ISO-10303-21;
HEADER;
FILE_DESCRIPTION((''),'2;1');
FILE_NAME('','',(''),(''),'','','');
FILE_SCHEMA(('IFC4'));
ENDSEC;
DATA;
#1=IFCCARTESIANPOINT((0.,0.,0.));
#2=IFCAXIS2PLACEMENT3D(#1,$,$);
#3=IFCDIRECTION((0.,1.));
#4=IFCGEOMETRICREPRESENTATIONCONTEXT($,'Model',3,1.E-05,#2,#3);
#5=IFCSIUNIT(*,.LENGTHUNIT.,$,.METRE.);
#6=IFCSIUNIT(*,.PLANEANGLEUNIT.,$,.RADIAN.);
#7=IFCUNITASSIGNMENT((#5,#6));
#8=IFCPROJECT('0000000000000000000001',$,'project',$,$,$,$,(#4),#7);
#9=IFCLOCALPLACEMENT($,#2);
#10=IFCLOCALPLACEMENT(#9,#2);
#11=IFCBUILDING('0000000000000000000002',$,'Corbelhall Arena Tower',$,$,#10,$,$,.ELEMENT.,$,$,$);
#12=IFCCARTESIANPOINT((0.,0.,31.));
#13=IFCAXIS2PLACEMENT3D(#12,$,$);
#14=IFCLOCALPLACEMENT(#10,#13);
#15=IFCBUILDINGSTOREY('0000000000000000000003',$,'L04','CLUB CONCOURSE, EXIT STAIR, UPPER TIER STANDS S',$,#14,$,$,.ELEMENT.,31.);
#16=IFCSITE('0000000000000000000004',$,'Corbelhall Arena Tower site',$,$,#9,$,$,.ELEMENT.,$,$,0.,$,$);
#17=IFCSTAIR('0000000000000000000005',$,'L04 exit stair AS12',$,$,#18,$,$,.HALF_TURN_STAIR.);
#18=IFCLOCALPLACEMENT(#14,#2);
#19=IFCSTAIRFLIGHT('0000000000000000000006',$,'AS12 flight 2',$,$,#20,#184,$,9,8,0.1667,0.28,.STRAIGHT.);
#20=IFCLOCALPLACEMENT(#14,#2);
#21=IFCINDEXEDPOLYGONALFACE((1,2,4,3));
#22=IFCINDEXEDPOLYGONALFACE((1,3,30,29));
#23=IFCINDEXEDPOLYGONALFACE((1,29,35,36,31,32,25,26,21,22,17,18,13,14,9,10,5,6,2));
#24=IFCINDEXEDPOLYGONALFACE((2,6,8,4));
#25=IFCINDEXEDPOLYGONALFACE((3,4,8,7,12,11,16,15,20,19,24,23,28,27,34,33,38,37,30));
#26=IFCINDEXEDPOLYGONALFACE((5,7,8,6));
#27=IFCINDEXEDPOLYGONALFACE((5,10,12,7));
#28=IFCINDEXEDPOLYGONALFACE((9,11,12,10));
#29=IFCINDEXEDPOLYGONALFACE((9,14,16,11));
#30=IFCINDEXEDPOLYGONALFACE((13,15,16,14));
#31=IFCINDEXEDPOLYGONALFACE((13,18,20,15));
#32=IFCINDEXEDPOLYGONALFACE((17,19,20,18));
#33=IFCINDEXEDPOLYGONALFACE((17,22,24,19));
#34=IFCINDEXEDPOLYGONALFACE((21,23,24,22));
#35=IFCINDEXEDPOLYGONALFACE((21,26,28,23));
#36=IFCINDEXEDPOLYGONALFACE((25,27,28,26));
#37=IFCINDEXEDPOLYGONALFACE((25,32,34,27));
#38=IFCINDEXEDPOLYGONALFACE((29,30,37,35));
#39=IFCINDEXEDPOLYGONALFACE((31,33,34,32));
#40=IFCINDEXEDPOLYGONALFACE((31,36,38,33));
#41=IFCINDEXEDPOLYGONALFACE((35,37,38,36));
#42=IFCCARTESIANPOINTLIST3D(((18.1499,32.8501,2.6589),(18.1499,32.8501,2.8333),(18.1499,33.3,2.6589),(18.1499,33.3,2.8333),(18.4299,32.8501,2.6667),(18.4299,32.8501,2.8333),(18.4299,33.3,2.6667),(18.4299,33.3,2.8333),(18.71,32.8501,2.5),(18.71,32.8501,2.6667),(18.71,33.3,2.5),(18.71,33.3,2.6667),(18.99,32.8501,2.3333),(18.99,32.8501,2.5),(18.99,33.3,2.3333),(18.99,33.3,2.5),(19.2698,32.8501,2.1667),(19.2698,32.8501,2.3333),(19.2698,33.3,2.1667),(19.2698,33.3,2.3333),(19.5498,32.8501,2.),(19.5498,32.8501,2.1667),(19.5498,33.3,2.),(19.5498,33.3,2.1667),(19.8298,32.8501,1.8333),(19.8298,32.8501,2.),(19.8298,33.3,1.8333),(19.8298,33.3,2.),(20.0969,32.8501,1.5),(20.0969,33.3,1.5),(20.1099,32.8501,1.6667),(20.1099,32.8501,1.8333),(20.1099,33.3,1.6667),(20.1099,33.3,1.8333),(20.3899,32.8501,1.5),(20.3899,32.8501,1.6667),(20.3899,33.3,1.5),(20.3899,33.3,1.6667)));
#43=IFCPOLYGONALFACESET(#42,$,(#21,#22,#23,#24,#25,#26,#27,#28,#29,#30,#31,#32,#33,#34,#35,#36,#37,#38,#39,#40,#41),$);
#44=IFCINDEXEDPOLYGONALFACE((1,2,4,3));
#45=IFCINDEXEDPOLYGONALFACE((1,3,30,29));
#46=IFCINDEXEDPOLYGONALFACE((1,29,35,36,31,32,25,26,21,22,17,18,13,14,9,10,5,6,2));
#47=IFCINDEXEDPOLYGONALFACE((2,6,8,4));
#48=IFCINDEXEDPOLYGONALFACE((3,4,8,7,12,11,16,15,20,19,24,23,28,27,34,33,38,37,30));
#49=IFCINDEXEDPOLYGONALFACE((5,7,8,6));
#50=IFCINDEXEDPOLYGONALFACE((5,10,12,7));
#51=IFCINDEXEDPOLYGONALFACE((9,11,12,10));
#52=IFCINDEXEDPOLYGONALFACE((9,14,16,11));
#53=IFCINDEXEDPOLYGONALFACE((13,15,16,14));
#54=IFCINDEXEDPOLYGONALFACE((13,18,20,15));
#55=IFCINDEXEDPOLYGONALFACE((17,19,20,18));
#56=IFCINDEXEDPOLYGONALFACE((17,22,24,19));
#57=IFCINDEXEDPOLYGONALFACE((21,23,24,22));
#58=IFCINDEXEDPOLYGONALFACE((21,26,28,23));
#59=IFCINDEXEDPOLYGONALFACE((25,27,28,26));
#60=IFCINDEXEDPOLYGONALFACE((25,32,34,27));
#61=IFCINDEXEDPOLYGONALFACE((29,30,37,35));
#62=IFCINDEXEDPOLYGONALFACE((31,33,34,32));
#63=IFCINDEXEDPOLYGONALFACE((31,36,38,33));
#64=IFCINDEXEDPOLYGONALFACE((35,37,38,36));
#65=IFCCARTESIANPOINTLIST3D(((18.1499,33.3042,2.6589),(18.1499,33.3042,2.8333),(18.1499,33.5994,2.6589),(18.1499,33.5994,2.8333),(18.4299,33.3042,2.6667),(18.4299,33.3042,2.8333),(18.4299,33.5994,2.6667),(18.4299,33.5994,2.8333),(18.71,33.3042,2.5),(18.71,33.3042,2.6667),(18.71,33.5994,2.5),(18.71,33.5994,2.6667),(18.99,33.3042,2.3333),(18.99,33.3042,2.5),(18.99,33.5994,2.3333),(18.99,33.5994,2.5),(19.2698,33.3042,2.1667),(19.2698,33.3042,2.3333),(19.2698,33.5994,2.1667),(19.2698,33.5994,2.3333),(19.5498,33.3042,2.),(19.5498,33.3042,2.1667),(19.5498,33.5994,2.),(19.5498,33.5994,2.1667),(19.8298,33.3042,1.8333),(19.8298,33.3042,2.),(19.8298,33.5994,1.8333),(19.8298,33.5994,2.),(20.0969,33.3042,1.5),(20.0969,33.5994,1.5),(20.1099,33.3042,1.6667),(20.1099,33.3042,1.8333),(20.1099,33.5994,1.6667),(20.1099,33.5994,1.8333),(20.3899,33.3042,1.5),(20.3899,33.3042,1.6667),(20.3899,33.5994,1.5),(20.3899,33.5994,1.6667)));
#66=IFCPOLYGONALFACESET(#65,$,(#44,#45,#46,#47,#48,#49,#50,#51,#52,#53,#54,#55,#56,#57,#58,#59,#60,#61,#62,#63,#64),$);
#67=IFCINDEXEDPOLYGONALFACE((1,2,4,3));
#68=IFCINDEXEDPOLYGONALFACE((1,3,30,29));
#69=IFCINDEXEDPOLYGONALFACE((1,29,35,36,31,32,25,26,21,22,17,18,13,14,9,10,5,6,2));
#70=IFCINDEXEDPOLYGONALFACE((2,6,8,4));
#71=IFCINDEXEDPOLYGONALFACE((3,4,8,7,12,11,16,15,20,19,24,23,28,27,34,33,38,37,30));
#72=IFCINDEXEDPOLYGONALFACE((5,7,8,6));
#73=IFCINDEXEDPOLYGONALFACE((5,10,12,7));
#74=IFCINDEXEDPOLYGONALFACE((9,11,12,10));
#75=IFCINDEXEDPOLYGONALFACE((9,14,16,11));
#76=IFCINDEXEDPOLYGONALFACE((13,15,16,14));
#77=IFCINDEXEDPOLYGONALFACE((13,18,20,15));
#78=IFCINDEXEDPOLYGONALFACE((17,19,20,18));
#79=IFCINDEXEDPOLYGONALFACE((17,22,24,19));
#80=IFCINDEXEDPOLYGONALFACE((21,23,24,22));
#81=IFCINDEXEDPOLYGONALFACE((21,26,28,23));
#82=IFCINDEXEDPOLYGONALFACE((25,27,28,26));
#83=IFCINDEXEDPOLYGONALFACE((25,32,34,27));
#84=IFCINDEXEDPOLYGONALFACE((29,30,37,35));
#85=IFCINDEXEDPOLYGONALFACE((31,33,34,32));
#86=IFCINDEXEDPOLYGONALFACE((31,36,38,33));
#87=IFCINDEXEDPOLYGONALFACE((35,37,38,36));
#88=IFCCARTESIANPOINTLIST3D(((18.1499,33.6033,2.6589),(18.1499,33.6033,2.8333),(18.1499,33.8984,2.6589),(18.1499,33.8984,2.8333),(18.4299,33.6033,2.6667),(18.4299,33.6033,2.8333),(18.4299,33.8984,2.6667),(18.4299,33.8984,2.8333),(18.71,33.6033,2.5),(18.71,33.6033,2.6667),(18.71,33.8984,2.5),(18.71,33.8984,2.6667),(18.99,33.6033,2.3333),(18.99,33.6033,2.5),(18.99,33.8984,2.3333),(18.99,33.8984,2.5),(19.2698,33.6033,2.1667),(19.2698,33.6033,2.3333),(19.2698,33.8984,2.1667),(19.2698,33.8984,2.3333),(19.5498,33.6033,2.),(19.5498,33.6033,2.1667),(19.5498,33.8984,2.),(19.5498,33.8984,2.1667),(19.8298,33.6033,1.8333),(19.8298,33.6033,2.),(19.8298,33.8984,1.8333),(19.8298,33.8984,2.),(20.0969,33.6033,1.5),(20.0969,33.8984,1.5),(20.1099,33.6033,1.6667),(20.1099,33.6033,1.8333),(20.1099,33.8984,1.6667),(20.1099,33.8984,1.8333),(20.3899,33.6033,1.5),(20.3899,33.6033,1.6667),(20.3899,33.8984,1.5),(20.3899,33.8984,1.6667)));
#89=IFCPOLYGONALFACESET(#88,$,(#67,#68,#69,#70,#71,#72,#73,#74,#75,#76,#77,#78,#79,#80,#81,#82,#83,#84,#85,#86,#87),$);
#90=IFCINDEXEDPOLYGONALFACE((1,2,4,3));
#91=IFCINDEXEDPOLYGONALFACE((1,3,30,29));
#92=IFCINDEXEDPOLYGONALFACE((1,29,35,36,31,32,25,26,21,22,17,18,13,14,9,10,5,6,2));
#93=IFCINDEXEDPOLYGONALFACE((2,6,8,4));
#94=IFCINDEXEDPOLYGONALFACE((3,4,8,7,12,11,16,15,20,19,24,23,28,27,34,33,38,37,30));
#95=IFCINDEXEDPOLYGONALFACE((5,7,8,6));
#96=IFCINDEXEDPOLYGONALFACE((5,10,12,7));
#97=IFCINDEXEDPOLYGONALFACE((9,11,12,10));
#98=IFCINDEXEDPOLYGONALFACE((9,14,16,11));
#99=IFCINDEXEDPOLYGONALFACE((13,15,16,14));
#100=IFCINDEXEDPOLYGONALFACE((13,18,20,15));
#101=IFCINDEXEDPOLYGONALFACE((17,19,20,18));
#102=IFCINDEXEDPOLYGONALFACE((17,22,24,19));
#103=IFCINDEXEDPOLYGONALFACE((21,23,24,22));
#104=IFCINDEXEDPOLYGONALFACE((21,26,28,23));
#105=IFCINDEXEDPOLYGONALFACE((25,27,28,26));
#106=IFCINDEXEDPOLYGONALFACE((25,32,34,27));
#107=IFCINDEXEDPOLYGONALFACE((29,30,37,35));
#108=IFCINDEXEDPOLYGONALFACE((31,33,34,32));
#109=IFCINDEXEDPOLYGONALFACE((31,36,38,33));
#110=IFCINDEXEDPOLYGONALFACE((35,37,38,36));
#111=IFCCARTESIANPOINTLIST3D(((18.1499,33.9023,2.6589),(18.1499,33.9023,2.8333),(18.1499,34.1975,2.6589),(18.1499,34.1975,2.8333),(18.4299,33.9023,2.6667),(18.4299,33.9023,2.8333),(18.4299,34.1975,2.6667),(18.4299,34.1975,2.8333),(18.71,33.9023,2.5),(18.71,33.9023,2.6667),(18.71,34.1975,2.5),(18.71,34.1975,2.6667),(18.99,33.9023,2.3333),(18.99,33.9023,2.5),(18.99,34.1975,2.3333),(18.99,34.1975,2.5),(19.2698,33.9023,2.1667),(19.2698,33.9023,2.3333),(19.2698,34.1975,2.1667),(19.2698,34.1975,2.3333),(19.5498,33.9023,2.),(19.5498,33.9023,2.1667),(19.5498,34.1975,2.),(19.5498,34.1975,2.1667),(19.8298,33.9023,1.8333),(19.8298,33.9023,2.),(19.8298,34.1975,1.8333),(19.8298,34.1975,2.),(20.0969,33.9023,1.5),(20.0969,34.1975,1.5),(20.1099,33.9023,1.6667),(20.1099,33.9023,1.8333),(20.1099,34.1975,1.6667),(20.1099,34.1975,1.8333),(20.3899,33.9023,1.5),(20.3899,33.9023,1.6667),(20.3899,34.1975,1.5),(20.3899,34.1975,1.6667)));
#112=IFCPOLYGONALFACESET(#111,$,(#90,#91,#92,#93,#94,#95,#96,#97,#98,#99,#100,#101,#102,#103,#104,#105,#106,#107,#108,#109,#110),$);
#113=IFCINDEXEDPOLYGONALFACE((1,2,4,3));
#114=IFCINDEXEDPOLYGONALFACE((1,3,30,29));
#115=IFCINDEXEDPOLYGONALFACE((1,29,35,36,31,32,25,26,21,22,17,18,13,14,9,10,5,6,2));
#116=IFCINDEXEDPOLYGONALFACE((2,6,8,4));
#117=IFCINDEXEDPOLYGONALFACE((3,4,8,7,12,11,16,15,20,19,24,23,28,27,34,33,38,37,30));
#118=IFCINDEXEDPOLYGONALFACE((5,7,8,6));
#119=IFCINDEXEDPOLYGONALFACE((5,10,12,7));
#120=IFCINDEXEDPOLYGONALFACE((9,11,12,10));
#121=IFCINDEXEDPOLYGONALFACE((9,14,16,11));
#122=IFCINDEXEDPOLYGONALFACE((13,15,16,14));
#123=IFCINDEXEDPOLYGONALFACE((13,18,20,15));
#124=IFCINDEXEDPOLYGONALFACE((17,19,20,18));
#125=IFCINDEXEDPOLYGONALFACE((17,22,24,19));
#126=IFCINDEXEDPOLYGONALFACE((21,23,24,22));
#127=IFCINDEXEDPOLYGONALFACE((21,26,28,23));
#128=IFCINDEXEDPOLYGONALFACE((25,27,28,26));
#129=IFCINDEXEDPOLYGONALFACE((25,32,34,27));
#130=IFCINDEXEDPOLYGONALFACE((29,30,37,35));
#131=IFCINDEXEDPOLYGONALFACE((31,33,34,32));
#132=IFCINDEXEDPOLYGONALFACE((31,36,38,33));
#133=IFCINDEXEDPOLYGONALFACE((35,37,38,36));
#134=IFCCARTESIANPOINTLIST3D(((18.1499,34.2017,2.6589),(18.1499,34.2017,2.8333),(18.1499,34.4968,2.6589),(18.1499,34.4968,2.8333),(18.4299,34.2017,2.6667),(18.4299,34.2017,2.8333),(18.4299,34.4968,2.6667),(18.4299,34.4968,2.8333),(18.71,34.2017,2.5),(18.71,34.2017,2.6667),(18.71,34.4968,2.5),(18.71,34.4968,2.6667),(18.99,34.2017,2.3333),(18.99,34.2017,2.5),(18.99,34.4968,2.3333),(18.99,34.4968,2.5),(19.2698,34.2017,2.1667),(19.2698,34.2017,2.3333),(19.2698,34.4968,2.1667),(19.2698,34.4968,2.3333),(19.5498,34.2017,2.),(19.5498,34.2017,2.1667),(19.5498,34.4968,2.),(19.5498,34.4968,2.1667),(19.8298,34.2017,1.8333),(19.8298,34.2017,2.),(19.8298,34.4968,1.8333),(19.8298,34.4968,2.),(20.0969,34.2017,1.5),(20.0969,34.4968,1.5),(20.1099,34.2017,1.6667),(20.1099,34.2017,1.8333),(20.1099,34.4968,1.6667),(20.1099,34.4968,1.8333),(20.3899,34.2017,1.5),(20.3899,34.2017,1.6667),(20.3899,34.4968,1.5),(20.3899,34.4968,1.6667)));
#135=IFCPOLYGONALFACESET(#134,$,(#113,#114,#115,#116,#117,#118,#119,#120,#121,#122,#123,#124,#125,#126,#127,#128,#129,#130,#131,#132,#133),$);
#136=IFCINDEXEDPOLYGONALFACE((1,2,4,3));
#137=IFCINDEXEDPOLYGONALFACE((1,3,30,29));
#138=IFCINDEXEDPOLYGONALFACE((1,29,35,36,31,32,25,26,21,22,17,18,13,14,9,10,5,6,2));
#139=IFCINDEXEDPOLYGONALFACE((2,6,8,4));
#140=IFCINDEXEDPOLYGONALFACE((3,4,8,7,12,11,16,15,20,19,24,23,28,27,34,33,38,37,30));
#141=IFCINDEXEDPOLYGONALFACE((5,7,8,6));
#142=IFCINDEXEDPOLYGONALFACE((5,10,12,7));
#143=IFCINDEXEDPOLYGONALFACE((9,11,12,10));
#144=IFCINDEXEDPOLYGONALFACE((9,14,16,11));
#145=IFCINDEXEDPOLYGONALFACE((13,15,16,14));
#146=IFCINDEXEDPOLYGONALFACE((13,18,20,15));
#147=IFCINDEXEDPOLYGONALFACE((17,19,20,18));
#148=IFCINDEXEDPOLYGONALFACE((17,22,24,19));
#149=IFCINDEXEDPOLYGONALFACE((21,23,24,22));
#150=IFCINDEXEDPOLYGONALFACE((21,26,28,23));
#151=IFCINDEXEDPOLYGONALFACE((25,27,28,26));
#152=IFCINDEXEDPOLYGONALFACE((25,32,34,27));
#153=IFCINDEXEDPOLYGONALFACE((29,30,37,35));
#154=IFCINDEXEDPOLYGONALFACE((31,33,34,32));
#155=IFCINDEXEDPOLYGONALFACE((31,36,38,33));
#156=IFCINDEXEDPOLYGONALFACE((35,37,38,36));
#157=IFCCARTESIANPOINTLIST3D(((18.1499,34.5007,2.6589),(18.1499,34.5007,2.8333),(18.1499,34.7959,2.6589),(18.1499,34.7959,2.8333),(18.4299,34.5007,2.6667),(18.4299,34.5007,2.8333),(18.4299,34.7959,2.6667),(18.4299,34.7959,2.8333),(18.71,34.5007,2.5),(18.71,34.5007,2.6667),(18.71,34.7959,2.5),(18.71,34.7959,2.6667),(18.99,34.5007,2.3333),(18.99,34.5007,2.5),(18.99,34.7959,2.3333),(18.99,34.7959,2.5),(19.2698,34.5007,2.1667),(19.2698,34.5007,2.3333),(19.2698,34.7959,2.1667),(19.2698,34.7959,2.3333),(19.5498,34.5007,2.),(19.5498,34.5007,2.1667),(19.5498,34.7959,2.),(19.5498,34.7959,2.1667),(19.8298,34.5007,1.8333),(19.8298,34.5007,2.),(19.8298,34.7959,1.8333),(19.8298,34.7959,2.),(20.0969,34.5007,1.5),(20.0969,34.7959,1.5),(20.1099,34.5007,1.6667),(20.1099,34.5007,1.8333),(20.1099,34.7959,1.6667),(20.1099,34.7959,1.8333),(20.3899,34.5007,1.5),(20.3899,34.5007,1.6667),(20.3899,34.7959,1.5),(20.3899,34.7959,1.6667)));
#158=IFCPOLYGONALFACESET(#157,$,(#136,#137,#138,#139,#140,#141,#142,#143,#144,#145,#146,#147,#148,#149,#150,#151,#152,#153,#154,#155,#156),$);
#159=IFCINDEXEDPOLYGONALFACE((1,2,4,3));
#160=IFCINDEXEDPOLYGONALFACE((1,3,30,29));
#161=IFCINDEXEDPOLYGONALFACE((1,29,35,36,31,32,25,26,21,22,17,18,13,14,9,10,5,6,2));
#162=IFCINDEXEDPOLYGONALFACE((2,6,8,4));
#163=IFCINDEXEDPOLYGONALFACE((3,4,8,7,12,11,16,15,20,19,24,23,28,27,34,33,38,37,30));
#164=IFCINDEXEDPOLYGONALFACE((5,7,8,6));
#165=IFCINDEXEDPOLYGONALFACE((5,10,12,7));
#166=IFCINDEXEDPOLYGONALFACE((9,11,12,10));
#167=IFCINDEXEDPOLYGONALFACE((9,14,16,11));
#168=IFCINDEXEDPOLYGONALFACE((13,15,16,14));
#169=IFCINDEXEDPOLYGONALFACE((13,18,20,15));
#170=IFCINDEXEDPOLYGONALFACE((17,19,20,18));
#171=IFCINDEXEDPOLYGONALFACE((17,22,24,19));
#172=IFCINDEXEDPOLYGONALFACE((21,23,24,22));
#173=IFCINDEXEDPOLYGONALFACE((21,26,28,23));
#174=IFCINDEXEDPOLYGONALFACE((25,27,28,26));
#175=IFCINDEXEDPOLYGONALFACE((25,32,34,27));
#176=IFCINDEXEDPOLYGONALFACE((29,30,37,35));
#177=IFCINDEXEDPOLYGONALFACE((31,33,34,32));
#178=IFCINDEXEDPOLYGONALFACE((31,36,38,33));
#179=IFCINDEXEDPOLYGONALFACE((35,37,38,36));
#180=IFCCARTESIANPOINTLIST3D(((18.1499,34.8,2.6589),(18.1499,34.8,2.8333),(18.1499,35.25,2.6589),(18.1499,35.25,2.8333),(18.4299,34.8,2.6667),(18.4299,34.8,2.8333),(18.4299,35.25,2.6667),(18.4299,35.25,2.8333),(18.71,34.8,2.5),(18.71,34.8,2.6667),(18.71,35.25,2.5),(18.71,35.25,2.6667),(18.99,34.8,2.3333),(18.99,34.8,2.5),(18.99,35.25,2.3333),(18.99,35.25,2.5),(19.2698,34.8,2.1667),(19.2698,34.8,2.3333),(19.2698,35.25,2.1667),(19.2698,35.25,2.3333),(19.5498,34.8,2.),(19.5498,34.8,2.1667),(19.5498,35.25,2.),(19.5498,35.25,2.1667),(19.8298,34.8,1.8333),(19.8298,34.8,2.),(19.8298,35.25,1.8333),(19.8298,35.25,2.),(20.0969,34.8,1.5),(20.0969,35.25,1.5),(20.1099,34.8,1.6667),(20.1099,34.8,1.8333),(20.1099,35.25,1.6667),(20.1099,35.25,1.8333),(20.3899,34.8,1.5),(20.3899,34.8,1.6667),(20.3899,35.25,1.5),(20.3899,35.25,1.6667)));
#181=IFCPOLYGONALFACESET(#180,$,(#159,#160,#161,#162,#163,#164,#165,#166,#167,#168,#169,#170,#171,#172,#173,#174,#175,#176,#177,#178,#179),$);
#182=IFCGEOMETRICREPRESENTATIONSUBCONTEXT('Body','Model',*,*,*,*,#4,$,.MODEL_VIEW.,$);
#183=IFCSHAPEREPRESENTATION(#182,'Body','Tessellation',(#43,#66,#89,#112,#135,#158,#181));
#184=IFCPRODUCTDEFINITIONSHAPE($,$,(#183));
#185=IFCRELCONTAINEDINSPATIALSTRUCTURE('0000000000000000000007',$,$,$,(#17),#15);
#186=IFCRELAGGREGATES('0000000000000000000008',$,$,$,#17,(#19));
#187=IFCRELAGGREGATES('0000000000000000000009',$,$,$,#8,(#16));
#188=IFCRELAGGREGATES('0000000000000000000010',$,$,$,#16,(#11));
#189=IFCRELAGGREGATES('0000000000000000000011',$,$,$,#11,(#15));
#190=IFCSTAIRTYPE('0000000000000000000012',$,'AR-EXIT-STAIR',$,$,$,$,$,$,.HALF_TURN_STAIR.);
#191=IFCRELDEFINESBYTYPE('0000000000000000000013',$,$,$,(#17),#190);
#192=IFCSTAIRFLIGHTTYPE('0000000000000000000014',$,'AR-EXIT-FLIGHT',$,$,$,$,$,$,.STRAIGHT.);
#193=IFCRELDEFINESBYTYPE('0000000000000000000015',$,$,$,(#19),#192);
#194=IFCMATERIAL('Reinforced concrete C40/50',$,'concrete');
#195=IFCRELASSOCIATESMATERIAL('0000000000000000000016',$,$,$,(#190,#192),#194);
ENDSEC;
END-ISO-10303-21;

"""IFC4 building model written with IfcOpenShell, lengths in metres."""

from ifc_helpers import new_model, si_unit, direction, frame, origin, place, context, subcontext, project, spatial, polyline, outline, extrude, material, type_object, element, aggregate, save


model = new_model("IFC4")

# Units and contexts
model_context = context("Model", 3, precision=1e-05, world=origin(), true_north=direction((0.0, 1.0)))
body_context = subcontext(model_context, "Body", "Model", "MODEL_VIEW")
ifc_project = project(units=[si_unit("LENGTHUNIT", "METRE"), si_unit("PLANEANGLEUNIT", "RADIAN")], contexts=[model_context])

# Site, building, storey
site_placement = place(None, origin())
site = spatial("IfcSite", under=ifc_project, at=site_placement, Name="Corbelhall Arena Tower site", CompositionType="ELEMENT", RefElevation=0.0)
building_placement = place(site_placement, origin())
building = spatial("IfcBuilding", under=site, at=building_placement, Name="Corbelhall Arena Tower", CompositionType="ELEMENT")
storey_placement = place(building_placement, frame((0.0, 0.0, 31.0)))
storey = spatial("IfcBuildingStorey", under=building, at=storey_placement, Name="L04", Description="CLUB CONCOURSE, EXIT STAIR, UPPER TIER STANDS S", CompositionType="ELEMENT", Elevation=31.0)

# Shared definitions
ifc_material_1 = material(Name="Reinforced concrete C40/50", Category="concrete")

# Stair, stair flight
stair_type = type_object("IfcStairType", Name="AR-EXIT-STAIR", PredefinedType="HALF_TURN_STAIR", material=ifc_material_1)
stair_flight_type = type_object("IfcStairFlightType", Name="AR-EXIT-FLIGHT", PredefinedType="STRAIGHT", material=ifc_material_1)
stair_1_placement = place(storey_placement, origin())
stair_1 = element("IfcStair", 1, at=stair_1_placement, inside=storey, type_object=stair_type, Name="L04 exit stair AS12", PredefinedType="HALF_TURN_STAIR")
stair_flight_1_placement = place(storey_placement, frame((20.3899, 34.05, 1.5), z_axis=(0.0, 0.0, 1.0), x_axis=(-1.0, 0.0, 0.0)))
stair_flight_1 = element("IfcStairFlight", 2, at=stair_flight_1_placement, type_object=stair_flight_type, Name="AS12 flight 2", NumberOfRisers=9, NumberOfTreads=8, PredefinedType="STRAIGHT", RiserHeight=0.1667, TreadLength=0.28, context=body_context, shape_type="SweptSolid", body=[
    extrude(outline(polyline([(0.0, 0.0), (0.0, 0.1667), (0.28, 0.1667), (0.28, 0.3333), (0.5601, 0.3333), (0.5601, 0.5), (0.8401, 0.5), (0.8401, 0.6667), (1.1201, 0.6667), (1.1201, 0.8333), (1.3999, 0.8333), (1.3999, 1.0), (1.6799, 1.0), (1.6799, 1.1667), (1.96, 1.1667), (1.96, 1.3333), (2.24, 1.3333), (2.24, 1.5), (2.24, 1.1589), (0.293, 0.0), (0.0, 0.0)])), frame((0.0, 1.2, 0.0), z_axis=(0.0, -1.0, 0.0), x_axis=(1.0, 0.0, 0.0)), (0.0, 0.0, 1.0), 0.45),
    extrude(outline(polyline([(0.0, 0.0), (0.0, 0.1667), (0.28, 0.1667), (0.28, 0.3333), (0.5601, 0.3333), (0.5601, 0.5), (0.8401, 0.5), (0.8401, 0.6667), (1.1201, 0.6667), (1.1201, 0.8333), (1.3999, 0.8333), (1.3999, 1.0), (1.6799, 1.0), (1.6799, 1.1667), (1.96, 1.1667), (1.96, 1.3333), (2.24, 1.3333), (2.24, 1.5), (2.24, 1.1589), (0.293, 0.0), (0.0, 0.0)])), frame((0.0, 0.7458, 0.0), z_axis=(0.0, -1.0, 0.0), x_axis=(1.0, 0.0, 0.0)), (0.0, 0.0, 1.0), 0.2952),
    extrude(outline(polyline([(0.0, 0.0), (0.0, 0.1667), (0.28, 0.1667), (0.28, 0.3333), (0.5601, 0.3333), (0.5601, 0.5), (0.8401, 0.5), (0.8401, 0.6667), (1.1201, 0.6667), (1.1201, 0.8333), (1.3999, 0.8333), (1.3999, 1.0), (1.6799, 1.0), (1.6799, 1.1667), (1.96, 1.1667), (1.96, 1.3333), (2.24, 1.3333), (2.24, 1.5), (2.24, 1.1589), (0.293, 0.0), (0.0, 0.0)])), frame((0.0, 0.4468, 0.0), z_axis=(0.0, -1.0, 0.0), x_axis=(1.0, 0.0, 0.0)), (0.0, 0.0, 1.0), 0.2952),
    extrude(outline(polyline([(0.0, 0.0), (0.0, 0.1667), (0.28, 0.1667), (0.28, 0.3333), (0.5601, 0.3333), (0.5601, 0.5), (0.8401, 0.5), (0.8401, 0.6667), (1.1201, 0.6667), (1.1201, 0.8333), (1.3999, 0.8333), (1.3999, 1.0), (1.6799, 1.0), (1.6799, 1.1667), (1.96, 1.1667), (1.96, 1.3333), (2.24, 1.3333), (2.24, 1.5), (2.24, 1.1589), (0.293, 0.0), (0.0, 0.0)])), frame((0.0, 0.1477, 0.0), z_axis=(0.0, -1.0, 0.0), x_axis=(1.0, 0.0, 0.0)), (0.0, 0.0, 1.0), 0.2952),
    extrude(outline(polyline([(0.0, 0.0), (0.0, 0.1667), (0.28, 0.1667), (0.28, 0.3333), (0.5601, 0.3333), (0.5601, 0.5), (0.8401, 0.5), (0.8401, 0.6667), (1.1201, 0.6667), (1.1201, 0.8333), (1.3999, 0.8333), (1.3999, 1.0), (1.6799, 1.0), (1.6799, 1.1667), (1.96, 1.1667), (1.96, 1.3333), (2.24, 1.3333), (2.24, 1.5), (2.24, 1.1589), (0.293, 0.0), (0.0, 0.0)])), frame((0.0, -0.1516, 0.0), z_axis=(0.0, -1.0, 0.0), x_axis=(1.0, 0.0, 0.0)), (0.0, 0.0, 1.0), 0.2952),
    extrude(outline(polyline([(0.0, 0.0), (0.0, 0.1667), (0.28, 0.1667), (0.28, 0.3333), (0.5601, 0.3333), (0.5601, 0.5), (0.8401, 0.5), (0.8401, 0.6667), (1.1201, 0.6667), (1.1201, 0.8333), (1.3999, 0.8333), (1.3999, 1.0), (1.6799, 1.0), (1.6799, 1.1667), (1.96, 1.1667), (1.96, 1.3333), (2.24, 1.3333), (2.24, 1.5), (2.24, 1.1589), (0.293, 0.0), (0.0, 0.0)])), frame((0.0, -0.4507, 0.0), z_axis=(0.0, -1.0, 0.0), x_axis=(1.0, 0.0, 0.0)), (0.0, 0.0, 1.0), 0.2952),
    extrude(outline(polyline([(0.0, 0.0), (0.0, 0.1667), (0.28, 0.1667), (0.28, 0.3333), (0.5601, 0.3333), (0.5601, 0.5), (0.8401, 0.5), (0.8401, 0.6667), (1.1201, 0.6667), (1.1201, 0.8333), (1.3999, 0.8333), (1.3999, 1.0), (1.6799, 1.0), (1.6799, 1.1667), (1.96, 1.1667), (1.96, 1.3333), (2.24, 1.3333), (2.24, 1.5), (2.24, 1.1589), (0.293, 0.0), (0.0, 0.0)])), frame((0.0, -0.75, 0.0), z_axis=(0.0, -1.0, 0.0), x_axis=(1.0, 0.0, 0.0)), (0.0, 0.0, 1.0), 0.45),
])
aggregate(stair_1, [stair_flight_1])

save(model, "model.ifc")
